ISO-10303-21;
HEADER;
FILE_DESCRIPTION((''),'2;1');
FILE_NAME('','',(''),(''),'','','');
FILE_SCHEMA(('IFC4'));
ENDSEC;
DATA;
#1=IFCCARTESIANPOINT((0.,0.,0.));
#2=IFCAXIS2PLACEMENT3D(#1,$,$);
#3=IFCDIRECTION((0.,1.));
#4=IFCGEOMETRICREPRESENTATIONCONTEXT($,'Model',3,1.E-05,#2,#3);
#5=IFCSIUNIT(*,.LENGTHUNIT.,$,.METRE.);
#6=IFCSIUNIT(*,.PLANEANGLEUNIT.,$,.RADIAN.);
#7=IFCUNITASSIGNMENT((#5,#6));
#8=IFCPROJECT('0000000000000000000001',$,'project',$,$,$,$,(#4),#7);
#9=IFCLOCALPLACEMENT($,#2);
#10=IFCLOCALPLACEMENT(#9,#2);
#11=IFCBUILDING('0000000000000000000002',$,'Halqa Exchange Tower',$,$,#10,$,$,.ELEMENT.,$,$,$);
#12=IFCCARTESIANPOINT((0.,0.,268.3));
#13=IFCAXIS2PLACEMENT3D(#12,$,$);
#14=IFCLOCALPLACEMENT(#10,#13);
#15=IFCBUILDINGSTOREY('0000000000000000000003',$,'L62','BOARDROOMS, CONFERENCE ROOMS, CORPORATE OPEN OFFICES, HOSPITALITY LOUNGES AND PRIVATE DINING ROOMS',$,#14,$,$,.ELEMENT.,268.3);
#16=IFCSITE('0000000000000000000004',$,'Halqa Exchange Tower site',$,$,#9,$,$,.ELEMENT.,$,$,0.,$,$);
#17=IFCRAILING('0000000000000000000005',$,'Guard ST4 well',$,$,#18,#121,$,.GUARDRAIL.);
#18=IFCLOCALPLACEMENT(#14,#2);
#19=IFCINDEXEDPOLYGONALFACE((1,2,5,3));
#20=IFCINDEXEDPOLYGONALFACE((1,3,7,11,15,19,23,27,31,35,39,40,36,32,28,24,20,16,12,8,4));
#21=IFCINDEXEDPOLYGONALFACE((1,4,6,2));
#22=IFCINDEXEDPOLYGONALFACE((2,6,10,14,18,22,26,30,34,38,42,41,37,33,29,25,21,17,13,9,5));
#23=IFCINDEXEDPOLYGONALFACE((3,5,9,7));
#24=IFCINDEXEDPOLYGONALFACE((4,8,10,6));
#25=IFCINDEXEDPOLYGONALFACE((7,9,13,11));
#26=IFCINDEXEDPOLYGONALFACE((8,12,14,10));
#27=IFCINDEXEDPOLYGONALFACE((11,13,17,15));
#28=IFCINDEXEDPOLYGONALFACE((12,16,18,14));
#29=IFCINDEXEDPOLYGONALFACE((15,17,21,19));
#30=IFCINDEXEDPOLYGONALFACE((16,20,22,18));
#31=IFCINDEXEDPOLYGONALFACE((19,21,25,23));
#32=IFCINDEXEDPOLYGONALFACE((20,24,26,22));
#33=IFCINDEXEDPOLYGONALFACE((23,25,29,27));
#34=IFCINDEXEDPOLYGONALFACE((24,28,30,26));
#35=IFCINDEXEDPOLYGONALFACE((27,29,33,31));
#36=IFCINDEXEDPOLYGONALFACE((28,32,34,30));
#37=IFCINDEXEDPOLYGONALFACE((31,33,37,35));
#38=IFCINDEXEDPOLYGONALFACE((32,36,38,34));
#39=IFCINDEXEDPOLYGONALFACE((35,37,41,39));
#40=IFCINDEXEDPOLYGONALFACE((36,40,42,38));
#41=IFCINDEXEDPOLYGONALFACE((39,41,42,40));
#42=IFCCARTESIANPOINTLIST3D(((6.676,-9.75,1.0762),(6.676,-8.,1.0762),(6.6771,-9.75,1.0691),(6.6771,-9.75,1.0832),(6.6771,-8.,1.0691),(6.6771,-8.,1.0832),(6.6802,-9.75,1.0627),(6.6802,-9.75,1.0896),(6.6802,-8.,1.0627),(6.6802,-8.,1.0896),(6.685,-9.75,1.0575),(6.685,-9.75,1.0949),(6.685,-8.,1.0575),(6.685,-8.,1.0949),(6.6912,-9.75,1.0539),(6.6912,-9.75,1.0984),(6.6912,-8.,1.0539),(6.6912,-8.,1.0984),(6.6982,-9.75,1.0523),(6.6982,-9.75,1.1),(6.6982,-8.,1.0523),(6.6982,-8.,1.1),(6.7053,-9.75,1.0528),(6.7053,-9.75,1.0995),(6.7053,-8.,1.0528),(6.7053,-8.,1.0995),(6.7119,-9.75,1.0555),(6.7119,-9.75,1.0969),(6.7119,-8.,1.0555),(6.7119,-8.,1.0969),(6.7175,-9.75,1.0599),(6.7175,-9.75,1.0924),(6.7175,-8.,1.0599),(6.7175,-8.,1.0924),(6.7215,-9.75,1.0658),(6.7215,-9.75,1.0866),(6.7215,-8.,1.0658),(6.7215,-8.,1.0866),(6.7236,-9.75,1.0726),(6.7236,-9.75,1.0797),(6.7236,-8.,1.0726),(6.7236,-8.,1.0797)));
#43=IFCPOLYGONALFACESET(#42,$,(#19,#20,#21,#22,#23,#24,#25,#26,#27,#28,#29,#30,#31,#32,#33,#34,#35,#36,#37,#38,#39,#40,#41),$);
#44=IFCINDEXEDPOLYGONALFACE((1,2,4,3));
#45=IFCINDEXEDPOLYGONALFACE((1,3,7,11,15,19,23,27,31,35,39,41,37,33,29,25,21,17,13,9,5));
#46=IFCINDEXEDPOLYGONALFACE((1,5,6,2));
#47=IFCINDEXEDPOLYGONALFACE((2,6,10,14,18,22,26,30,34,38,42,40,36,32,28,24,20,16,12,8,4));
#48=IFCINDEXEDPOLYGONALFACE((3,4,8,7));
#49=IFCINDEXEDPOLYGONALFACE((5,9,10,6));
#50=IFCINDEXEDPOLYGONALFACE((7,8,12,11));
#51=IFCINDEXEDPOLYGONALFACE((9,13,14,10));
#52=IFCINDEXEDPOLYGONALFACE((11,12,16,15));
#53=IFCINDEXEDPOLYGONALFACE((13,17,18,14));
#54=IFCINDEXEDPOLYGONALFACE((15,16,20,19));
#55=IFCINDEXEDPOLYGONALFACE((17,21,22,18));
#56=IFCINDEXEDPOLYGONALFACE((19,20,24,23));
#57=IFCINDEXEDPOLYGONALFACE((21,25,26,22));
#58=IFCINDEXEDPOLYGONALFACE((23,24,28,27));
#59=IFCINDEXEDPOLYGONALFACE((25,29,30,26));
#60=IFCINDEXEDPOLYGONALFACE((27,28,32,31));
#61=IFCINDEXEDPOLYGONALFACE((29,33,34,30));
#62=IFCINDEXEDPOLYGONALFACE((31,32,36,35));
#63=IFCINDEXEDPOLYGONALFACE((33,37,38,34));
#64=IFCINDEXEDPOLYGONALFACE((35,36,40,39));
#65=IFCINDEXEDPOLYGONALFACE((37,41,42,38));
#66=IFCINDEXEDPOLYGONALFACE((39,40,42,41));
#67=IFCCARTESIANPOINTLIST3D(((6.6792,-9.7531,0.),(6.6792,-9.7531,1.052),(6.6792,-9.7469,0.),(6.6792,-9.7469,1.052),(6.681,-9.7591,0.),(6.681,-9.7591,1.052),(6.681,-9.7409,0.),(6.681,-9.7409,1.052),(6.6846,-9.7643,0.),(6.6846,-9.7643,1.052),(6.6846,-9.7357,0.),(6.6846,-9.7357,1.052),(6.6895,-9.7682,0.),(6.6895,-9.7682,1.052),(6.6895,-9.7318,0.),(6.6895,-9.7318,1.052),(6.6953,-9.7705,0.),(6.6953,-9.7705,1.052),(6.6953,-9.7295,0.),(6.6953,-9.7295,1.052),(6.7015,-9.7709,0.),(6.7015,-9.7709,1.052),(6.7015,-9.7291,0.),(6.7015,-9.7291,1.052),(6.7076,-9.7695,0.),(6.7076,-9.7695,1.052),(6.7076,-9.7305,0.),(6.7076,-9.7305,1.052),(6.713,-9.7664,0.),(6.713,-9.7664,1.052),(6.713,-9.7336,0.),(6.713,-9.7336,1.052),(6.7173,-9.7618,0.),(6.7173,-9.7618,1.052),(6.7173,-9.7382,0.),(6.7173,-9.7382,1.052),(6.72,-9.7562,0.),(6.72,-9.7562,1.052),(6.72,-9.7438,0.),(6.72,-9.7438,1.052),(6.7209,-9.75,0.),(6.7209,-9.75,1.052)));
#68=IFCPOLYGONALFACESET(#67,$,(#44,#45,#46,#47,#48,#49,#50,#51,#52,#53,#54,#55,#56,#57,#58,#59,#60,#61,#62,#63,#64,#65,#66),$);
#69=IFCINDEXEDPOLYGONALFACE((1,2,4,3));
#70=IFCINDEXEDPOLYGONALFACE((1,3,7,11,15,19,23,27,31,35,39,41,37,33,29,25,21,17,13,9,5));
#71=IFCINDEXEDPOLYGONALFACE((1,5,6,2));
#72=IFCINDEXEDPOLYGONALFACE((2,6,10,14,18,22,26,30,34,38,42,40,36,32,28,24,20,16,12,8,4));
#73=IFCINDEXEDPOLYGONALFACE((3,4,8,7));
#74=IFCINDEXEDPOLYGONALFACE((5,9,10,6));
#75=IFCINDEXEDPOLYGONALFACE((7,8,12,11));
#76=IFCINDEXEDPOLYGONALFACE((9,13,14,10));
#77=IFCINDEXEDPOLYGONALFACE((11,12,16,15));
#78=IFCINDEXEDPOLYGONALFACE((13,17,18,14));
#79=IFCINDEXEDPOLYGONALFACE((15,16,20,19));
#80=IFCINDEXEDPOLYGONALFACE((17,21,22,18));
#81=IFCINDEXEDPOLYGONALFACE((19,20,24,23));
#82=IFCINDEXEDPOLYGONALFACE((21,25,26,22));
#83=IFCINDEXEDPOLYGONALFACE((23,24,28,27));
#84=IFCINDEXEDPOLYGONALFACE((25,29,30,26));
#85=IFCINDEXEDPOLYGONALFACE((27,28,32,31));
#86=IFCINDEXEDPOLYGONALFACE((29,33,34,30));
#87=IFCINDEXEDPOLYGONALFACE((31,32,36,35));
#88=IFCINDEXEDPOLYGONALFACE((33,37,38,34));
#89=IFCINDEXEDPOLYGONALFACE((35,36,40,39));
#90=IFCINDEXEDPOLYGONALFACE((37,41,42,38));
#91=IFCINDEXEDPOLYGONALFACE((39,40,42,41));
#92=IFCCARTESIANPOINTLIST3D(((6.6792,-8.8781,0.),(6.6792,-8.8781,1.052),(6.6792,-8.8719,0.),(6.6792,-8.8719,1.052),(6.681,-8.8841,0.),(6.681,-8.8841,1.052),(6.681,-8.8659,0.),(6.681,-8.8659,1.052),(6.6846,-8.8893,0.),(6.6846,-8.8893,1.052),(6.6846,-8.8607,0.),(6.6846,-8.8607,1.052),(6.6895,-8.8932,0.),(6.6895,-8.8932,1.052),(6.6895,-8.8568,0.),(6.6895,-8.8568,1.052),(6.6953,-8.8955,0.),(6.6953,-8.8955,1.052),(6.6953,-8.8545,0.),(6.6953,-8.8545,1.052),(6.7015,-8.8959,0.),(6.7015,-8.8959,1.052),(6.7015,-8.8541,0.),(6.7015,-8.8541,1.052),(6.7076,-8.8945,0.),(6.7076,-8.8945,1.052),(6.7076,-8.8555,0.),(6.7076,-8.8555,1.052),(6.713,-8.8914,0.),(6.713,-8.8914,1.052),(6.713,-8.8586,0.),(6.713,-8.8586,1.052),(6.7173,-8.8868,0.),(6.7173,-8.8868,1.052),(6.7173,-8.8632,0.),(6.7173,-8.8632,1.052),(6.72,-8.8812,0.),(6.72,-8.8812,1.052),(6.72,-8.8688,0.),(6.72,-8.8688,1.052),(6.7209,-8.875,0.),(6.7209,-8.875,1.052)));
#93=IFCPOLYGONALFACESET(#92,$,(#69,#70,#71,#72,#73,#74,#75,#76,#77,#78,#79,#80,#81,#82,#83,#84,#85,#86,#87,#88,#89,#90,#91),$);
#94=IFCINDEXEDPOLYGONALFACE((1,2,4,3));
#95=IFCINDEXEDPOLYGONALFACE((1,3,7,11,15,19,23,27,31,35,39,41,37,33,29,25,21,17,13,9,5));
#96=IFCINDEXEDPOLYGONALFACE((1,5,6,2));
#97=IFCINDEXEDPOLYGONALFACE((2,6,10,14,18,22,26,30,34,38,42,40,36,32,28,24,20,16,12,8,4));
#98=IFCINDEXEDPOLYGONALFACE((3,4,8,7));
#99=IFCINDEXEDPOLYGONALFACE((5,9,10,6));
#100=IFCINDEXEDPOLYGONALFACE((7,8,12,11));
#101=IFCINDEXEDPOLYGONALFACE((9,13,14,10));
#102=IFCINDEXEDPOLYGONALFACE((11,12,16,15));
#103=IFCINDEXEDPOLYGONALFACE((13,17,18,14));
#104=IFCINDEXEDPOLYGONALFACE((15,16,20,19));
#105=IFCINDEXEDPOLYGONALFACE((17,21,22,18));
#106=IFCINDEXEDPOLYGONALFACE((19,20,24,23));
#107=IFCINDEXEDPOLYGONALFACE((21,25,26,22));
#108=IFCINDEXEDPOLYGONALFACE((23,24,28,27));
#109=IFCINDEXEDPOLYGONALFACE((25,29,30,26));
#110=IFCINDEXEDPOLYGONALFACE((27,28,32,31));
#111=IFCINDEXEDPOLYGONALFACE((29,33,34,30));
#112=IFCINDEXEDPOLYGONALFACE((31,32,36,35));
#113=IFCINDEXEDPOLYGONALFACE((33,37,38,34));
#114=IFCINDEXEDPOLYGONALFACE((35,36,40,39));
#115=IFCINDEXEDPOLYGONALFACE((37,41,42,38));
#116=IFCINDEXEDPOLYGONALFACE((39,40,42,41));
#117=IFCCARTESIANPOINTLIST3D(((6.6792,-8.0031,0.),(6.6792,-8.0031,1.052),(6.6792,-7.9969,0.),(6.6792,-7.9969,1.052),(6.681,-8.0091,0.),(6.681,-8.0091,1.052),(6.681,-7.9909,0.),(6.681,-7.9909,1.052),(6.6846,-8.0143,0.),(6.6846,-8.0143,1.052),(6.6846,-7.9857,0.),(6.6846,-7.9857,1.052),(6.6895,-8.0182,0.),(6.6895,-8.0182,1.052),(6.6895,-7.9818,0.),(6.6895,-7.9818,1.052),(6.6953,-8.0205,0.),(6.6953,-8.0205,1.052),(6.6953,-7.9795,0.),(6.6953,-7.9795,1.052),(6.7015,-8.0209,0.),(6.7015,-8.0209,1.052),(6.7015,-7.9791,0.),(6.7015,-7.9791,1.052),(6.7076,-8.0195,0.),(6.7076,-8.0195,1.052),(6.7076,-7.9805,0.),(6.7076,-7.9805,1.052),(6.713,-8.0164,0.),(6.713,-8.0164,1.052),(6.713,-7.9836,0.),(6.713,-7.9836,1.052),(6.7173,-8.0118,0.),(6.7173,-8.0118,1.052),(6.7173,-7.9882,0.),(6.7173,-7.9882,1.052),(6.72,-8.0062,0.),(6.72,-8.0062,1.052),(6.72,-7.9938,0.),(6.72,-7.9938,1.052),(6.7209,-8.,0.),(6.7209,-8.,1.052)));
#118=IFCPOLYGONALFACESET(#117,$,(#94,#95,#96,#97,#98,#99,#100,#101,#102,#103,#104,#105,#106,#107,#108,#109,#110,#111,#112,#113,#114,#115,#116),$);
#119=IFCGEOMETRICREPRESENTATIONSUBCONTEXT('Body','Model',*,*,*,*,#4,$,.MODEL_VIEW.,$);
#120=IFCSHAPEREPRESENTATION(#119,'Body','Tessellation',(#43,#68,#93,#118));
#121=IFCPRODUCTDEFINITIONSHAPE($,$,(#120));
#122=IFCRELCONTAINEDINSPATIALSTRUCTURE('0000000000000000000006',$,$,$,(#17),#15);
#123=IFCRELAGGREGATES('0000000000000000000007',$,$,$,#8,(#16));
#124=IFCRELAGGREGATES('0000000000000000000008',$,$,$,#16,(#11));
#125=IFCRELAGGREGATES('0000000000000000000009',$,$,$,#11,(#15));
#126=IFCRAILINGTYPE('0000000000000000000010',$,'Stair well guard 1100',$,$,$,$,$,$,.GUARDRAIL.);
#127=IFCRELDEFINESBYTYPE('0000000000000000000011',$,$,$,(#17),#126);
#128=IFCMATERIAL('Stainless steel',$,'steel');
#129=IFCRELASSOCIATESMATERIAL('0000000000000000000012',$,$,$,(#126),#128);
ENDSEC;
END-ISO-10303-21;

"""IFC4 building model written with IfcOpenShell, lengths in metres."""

from ifc_helpers import new_model, si_unit, direction, frame, origin, origin_2d, place, context, subcontext, project, spatial, circle, extrude, material, type_object, element, save


model = new_model("IFC4")

# Units and contexts
model_context = context("Model", 3, precision=1e-05, world=origin(), true_north=direction((0.0, 1.0)))
body_context = subcontext(model_context, "Body", "Model", "MODEL_VIEW")
ifc_project = project(units=[si_unit("LENGTHUNIT", "METRE"), si_unit("PLANEANGLEUNIT", "RADIAN")], contexts=[model_context])

# Site, building, storey
site_placement = place(None, origin())
site = spatial("IfcSite", under=ifc_project, at=site_placement, Name="Halqa Exchange Tower site", CompositionType="ELEMENT", RefElevation=0.0)
building_placement = place(site_placement, origin())
building = spatial("IfcBuilding", under=site, at=building_placement, Name="Halqa Exchange Tower", CompositionType="ELEMENT")
storey_placement = place(building_placement, frame((0.0, 0.0, 268.3)))
storey = spatial("IfcBuildingStorey", under=building, at=storey_placement, Name="L62", Description="BOARDROOMS, CONFERENCE ROOMS, CORPORATE OPEN OFFICES, HOSPITALITY LOUNGES AND PRIVATE DINING ROOMS", CompositionType="ELEMENT", Elevation=268.3)

# Railing
ifc_material_1 = material(Name="Stainless steel", Category="steel")
railing_type_1 = type_object("IfcRailingType", Name="Stair well guard 1100", PredefinedType="GUARDRAIL", material=ifc_material_1)
railing_1_placement = place(storey_placement, frame((6.7, -9.75, 0.0)))
element("IfcRailing", 1, at=railing_1_placement, inside=storey, type_object=railing_type_1, Name="Guard ST4 well", PredefinedType="GUARDRAIL", context=body_context, shape_type="SweptSolid", body=[
    extrude(circle(Radius=0.0239, at=origin_2d()), frame((0.0, 0.0, 1.0762), z_axis=(0.0, 1.0, 0.0), x_axis=(-1.0, 0.0, 0.0)), (0.0, 0.0, 1.0), 1.75),
    extrude(circle(Radius=0.021, at=origin_2d()), origin(), (0.0, 0.0, 1.0), 1.052),
    extrude(circle(Radius=0.021, at=origin_2d()), frame((0.0, 0.875, 0.0)), (0.0, 0.0, 1.0), 1.052),
    extrude(circle(Radius=0.021, at=origin_2d()), frame((0.0, 1.75, 0.0)), (0.0, 0.0, 1.0), 1.052),
])

save(model, "model.ifc")
